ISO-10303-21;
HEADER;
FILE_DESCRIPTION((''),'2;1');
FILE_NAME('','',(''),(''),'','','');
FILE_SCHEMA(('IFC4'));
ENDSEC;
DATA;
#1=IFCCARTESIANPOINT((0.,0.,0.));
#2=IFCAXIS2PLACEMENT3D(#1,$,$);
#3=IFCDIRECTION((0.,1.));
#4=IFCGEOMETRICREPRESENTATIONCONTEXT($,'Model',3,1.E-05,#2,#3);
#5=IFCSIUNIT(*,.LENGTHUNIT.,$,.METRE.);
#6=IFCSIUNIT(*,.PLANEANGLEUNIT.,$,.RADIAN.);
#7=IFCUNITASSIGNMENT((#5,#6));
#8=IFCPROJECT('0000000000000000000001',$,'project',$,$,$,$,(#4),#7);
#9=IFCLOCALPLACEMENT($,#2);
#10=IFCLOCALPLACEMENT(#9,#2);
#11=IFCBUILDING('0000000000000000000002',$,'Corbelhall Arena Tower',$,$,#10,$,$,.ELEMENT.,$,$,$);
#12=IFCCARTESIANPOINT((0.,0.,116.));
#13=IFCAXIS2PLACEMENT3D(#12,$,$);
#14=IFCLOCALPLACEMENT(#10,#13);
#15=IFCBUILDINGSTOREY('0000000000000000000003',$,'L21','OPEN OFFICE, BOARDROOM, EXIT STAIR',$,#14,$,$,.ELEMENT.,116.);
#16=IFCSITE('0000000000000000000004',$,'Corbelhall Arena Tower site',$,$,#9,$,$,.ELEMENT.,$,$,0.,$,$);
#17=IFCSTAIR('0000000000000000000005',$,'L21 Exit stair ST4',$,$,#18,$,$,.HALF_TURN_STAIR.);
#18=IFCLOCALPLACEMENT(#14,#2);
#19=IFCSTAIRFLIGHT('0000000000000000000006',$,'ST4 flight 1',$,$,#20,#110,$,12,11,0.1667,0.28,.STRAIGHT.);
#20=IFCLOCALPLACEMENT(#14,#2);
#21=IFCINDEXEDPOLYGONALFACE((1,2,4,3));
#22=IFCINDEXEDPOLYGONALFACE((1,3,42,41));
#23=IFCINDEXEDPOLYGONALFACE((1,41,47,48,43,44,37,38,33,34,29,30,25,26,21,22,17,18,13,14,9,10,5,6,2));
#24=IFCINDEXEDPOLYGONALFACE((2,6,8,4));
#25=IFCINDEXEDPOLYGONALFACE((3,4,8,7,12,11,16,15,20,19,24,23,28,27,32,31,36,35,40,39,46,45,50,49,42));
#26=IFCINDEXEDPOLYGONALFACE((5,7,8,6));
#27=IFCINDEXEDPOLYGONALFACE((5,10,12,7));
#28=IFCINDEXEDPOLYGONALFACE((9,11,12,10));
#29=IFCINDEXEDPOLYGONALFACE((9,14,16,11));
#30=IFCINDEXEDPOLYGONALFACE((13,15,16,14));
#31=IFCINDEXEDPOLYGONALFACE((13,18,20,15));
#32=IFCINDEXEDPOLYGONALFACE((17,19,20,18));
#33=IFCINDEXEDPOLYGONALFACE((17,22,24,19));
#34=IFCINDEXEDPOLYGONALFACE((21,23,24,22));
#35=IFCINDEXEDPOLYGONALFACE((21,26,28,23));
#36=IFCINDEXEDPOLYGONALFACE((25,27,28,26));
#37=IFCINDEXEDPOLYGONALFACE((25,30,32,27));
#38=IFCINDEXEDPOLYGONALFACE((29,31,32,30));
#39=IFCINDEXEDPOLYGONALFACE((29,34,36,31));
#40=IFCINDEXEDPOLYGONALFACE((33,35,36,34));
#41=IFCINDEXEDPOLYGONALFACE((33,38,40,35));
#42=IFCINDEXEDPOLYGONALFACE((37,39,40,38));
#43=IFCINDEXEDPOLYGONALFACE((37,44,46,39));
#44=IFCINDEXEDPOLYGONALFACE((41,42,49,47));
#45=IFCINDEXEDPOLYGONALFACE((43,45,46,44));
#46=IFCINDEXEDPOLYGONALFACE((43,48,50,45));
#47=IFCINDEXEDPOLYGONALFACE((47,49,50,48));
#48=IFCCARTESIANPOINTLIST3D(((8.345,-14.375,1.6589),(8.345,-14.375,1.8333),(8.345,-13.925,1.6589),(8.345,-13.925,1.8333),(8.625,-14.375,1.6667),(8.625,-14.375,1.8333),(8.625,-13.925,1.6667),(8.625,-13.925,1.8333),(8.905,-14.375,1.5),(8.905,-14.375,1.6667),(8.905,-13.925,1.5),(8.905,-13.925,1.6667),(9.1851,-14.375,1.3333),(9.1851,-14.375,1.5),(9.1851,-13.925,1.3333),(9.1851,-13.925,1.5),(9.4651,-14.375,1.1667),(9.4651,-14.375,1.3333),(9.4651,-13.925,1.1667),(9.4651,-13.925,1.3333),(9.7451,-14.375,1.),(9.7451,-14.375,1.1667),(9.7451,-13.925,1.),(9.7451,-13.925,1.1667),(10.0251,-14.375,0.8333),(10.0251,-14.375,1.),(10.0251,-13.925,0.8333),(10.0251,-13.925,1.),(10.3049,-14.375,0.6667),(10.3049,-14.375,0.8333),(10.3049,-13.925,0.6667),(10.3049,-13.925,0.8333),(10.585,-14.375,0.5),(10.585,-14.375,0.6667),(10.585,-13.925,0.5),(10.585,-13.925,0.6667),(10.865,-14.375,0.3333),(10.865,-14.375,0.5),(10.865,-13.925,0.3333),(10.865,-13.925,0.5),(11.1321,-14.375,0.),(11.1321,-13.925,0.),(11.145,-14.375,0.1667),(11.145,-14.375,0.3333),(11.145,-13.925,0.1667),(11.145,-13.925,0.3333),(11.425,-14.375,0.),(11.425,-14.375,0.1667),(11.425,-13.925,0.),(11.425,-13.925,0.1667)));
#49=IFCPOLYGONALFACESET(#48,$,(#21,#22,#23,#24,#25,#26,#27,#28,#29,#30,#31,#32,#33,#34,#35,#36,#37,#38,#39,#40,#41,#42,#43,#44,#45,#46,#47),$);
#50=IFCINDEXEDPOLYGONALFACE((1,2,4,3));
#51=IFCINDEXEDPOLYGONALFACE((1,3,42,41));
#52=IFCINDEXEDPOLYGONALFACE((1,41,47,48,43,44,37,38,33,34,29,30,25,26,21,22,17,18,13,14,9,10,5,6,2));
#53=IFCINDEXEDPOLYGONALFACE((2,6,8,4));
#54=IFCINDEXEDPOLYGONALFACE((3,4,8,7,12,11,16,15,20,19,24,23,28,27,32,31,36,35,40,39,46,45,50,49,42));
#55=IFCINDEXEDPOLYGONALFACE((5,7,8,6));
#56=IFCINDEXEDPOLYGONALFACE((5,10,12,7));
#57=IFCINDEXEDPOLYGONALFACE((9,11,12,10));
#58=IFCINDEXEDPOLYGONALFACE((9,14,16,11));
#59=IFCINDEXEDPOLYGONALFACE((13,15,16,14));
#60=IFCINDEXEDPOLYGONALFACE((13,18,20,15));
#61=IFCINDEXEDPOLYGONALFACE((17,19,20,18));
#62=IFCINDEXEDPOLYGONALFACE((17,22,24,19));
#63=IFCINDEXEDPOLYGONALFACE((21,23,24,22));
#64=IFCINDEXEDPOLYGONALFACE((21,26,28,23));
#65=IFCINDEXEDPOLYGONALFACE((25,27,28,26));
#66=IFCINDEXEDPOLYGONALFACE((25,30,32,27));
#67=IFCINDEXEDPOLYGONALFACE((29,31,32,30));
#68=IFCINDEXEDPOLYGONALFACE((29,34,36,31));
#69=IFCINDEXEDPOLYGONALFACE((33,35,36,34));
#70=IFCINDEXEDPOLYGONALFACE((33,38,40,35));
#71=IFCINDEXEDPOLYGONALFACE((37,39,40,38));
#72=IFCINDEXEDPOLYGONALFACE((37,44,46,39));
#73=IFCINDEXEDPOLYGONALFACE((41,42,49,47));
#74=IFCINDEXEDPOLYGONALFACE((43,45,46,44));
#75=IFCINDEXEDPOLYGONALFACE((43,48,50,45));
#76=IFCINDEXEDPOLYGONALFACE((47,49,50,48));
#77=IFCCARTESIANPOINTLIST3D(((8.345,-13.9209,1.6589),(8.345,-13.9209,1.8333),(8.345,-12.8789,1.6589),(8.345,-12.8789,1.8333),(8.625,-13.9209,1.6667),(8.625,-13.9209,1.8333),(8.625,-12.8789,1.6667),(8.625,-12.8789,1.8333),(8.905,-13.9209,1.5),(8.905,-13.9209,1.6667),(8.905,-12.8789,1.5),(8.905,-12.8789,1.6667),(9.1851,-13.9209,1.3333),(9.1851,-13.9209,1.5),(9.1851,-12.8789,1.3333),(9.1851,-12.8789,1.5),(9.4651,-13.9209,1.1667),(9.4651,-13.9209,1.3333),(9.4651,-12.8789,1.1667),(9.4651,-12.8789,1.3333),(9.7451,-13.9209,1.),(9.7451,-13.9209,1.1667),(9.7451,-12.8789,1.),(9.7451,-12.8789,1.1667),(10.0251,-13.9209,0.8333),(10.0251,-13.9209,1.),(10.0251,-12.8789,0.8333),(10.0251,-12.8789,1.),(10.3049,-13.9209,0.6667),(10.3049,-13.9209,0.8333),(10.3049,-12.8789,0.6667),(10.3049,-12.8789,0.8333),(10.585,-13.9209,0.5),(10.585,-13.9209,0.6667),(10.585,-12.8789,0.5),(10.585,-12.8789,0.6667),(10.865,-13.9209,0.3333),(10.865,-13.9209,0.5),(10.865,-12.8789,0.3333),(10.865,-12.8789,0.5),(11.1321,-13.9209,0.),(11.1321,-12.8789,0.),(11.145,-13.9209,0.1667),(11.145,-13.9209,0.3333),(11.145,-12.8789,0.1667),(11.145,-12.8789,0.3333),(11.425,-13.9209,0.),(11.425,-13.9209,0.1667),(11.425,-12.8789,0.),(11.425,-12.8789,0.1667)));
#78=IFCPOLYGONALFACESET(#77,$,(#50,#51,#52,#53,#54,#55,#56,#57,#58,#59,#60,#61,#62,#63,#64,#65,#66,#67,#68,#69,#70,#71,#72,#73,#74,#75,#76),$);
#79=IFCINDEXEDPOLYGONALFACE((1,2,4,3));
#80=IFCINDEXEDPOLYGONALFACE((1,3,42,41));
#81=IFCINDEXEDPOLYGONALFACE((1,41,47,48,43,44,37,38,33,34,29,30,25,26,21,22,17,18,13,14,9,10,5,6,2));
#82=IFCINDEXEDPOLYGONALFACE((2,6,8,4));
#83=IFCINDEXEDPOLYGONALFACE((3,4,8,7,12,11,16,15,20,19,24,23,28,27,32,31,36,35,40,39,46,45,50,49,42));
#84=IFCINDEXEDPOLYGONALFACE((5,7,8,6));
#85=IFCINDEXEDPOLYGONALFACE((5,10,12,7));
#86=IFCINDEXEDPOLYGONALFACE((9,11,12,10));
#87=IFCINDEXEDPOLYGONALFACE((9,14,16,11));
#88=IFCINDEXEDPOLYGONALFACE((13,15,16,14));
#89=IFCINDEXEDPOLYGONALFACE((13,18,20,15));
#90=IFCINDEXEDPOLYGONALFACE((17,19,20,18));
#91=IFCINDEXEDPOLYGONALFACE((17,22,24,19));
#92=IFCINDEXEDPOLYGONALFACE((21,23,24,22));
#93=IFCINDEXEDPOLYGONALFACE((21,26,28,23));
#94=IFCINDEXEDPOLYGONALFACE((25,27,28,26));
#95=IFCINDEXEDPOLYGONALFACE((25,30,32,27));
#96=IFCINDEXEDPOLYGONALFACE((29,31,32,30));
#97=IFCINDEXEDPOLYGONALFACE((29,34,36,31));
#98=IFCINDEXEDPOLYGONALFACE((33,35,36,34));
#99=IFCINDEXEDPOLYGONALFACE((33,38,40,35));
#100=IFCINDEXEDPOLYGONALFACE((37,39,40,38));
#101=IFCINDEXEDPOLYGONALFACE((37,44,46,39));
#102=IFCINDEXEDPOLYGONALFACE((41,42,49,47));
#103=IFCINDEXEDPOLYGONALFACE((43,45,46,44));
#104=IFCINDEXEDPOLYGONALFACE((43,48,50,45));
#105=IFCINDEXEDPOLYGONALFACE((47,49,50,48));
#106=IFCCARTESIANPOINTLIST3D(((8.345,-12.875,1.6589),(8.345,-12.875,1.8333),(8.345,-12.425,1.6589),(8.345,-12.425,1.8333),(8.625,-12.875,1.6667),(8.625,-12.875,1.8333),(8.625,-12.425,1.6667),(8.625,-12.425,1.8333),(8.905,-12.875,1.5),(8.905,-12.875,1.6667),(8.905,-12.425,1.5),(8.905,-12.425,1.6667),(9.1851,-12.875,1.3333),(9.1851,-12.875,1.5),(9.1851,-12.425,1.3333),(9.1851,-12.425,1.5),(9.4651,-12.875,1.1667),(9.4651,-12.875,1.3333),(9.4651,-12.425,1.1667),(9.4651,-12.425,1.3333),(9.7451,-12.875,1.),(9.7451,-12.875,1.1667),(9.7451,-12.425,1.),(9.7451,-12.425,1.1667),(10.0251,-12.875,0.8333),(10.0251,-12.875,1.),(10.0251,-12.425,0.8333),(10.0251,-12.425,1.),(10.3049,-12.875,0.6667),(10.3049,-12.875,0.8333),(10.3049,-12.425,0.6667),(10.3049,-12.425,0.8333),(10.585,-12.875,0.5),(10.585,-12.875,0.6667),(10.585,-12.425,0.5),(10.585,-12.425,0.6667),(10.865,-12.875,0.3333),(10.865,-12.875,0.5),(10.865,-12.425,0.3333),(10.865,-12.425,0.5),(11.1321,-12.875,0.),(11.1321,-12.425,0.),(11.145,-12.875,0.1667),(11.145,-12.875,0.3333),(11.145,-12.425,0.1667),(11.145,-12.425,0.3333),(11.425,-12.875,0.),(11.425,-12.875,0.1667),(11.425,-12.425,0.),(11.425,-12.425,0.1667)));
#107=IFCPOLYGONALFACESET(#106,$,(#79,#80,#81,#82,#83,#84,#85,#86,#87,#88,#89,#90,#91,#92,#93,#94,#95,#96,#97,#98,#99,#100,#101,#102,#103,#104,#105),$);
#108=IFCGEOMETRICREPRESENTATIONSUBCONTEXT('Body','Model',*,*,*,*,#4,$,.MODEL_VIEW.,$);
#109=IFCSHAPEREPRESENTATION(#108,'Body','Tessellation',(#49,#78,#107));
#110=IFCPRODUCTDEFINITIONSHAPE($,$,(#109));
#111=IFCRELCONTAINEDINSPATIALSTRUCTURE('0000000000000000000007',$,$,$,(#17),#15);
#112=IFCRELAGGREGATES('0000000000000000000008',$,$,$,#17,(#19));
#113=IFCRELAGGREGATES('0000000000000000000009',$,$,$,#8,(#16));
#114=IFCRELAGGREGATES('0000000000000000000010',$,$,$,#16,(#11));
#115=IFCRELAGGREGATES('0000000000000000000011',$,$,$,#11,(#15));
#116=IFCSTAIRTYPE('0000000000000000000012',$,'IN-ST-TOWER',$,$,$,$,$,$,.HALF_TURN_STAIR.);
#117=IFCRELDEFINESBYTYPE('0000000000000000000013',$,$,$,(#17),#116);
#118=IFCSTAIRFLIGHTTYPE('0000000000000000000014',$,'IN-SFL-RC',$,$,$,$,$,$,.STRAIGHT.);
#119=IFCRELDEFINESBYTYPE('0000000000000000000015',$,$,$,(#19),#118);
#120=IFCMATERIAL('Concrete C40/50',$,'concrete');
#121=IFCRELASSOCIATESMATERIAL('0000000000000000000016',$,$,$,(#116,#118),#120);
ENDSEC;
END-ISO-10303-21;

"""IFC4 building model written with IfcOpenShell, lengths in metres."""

from ifc_helpers import new_model, si_unit, direction, frame, origin, place, context, subcontext, project, spatial, polyline, outline, extrude, material, type_object, element, aggregate, save


model = new_model("IFC4")

# Units and contexts
model_context = context("Model", 3, precision=1e-05, world=origin(), true_north=direction((0.0, 1.0)))
body_context = subcontext(model_context, "Body", "Model", "MODEL_VIEW")
ifc_project = project(units=[si_unit("LENGTHUNIT", "METRE"), si_unit("PLANEANGLEUNIT", "RADIAN")], contexts=[model_context])

# Site, building, storey
site_placement = place(None, origin())
site = spatial("IfcSite", under=ifc_project, at=site_placement, Name="Corbelhall Arena Tower site", CompositionType="ELEMENT", RefElevation=0.0)
building_placement = place(site_placement, origin())
building = spatial("IfcBuilding", under=site, at=building_placement, Name="Corbelhall Arena Tower", CompositionType="ELEMENT")
storey_placement = place(building_placement, frame((0.0, 0.0, 116.0)))
storey = spatial("IfcBuildingStorey", under=building, at=storey_placement, Name="L21", Description="OPEN OFFICE, BOARDROOM, EXIT STAIR", CompositionType="ELEMENT", Elevation=116.0)

# Shared definitions
ifc_material_1 = material(Name="Concrete C40/50", Category="concrete")

# Stair, stair flight
stair_type = type_object("IfcStairType", Name="IN-ST-TOWER", PredefinedType="HALF_TURN_STAIR", material=ifc_material_1)
stair_placement = place(storey_placement, origin())
stair = element("IfcStair", 1, at=stair_placement, inside=storey, type_object=stair_type, Name="L21 Exit stair ST4", PredefinedType="HALF_TURN_STAIR")
stair_flight_type = type_object("IfcStairFlightType", Name="IN-SFL-RC", PredefinedType="STRAIGHT", material=ifc_material_1)
stair_flight_1_placement = place(storey_placement, frame((11.425, -13.3999, 0.0), z_axis=(0.0, 0.0, 1.0), x_axis=(-1.0, 0.0, 0.0)))
stair_flight_1 = element("IfcStairFlight", 2, at=stair_flight_1_placement, type_object=stair_flight_type, Name="ST4 flight 1", NumberOfRisers=12, NumberOfTreads=11, PredefinedType="STRAIGHT", RiserHeight=0.1667, TreadLength=0.28, context=body_context, shape_type="SweptSolid", body=[
    extrude(outline(polyline([(0.0, 0.0), (0.0, 0.1667), (0.28, 0.1667), (0.28, 0.3333), (0.5601, 0.3333), (0.5601, 0.5), (0.8401, 0.5), (0.8401, 0.6667), (1.1201, 0.6667), (1.1201, 0.8333), (1.3999, 0.8333), (1.3999, 1.0), (1.6799, 1.0), (1.6799, 1.1667), (1.96, 1.1667), (1.96, 1.3333), (2.24, 1.3333), (2.24, 1.5), (2.52, 1.5), (2.52, 1.6667), (2.8, 1.6667), (2.8, 1.8333), (3.0801, 1.8333), (3.0801, 2.0), (3.0801, 1.6589), (0.293, 0.0), (0.0, 0.0)])), frame((0.0, 0.9751, 0.0), z_axis=(0.0, -1.0, 0.0), x_axis=(1.0, 0.0, 0.0)), (0.0, 0.0, 1.0), 0.45),
    extrude(outline(polyline([(0.0, 0.0), (0.0, 0.1667), (0.28, 0.1667), (0.28, 0.3333), (0.5601, 0.3333), (0.5601, 0.5), (0.8401, 0.5), (0.8401, 0.6667), (1.1201, 0.6667), (1.1201, 0.8333), (1.3999, 0.8333), (1.3999, 1.0), (1.6799, 1.0), (1.6799, 1.1667), (1.96, 1.1667), (1.96, 1.3333), (2.24, 1.3333), (2.24, 1.5), (2.52, 1.5), (2.52, 1.6667), (2.8, 1.6667), (2.8, 1.8333), (3.0801, 1.8333), (3.0801, 2.0), (3.0801, 1.6589), (0.293, 0.0), (0.0, 0.0)])), frame((0.0, 0.521, 0.0), z_axis=(0.0, -1.0, 0.0), x_axis=(1.0, 0.0, 0.0)), (0.0, 0.0, 1.0), 1.042),
    extrude(outline(polyline([(0.0, 0.0), (0.0, 0.1667), (0.28, 0.1667), (0.28, 0.3333), (0.5601, 0.3333), (0.5601, 0.5), (0.8401, 0.5), (0.8401, 0.6667), (1.1201, 0.6667), (1.1201, 0.8333), (1.3999, 0.8333), (1.3999, 1.0), (1.6799, 1.0), (1.6799, 1.1667), (1.96, 1.1667), (1.96, 1.3333), (2.24, 1.3333), (2.24, 1.5), (2.52, 1.5), (2.52, 1.6667), (2.8, 1.6667), (2.8, 1.8333), (3.0801, 1.8333), (3.0801, 2.0), (3.0801, 1.6589), (0.293, 0.0), (0.0, 0.0)])), frame((0.0, -0.5249, 0.0), z_axis=(0.0, -1.0, 0.0), x_axis=(1.0, 0.0, 0.0)), (0.0, 0.0, 1.0), 0.45),
])
aggregate(stair, [stair_flight_1])

save(model, "model.ifc")
